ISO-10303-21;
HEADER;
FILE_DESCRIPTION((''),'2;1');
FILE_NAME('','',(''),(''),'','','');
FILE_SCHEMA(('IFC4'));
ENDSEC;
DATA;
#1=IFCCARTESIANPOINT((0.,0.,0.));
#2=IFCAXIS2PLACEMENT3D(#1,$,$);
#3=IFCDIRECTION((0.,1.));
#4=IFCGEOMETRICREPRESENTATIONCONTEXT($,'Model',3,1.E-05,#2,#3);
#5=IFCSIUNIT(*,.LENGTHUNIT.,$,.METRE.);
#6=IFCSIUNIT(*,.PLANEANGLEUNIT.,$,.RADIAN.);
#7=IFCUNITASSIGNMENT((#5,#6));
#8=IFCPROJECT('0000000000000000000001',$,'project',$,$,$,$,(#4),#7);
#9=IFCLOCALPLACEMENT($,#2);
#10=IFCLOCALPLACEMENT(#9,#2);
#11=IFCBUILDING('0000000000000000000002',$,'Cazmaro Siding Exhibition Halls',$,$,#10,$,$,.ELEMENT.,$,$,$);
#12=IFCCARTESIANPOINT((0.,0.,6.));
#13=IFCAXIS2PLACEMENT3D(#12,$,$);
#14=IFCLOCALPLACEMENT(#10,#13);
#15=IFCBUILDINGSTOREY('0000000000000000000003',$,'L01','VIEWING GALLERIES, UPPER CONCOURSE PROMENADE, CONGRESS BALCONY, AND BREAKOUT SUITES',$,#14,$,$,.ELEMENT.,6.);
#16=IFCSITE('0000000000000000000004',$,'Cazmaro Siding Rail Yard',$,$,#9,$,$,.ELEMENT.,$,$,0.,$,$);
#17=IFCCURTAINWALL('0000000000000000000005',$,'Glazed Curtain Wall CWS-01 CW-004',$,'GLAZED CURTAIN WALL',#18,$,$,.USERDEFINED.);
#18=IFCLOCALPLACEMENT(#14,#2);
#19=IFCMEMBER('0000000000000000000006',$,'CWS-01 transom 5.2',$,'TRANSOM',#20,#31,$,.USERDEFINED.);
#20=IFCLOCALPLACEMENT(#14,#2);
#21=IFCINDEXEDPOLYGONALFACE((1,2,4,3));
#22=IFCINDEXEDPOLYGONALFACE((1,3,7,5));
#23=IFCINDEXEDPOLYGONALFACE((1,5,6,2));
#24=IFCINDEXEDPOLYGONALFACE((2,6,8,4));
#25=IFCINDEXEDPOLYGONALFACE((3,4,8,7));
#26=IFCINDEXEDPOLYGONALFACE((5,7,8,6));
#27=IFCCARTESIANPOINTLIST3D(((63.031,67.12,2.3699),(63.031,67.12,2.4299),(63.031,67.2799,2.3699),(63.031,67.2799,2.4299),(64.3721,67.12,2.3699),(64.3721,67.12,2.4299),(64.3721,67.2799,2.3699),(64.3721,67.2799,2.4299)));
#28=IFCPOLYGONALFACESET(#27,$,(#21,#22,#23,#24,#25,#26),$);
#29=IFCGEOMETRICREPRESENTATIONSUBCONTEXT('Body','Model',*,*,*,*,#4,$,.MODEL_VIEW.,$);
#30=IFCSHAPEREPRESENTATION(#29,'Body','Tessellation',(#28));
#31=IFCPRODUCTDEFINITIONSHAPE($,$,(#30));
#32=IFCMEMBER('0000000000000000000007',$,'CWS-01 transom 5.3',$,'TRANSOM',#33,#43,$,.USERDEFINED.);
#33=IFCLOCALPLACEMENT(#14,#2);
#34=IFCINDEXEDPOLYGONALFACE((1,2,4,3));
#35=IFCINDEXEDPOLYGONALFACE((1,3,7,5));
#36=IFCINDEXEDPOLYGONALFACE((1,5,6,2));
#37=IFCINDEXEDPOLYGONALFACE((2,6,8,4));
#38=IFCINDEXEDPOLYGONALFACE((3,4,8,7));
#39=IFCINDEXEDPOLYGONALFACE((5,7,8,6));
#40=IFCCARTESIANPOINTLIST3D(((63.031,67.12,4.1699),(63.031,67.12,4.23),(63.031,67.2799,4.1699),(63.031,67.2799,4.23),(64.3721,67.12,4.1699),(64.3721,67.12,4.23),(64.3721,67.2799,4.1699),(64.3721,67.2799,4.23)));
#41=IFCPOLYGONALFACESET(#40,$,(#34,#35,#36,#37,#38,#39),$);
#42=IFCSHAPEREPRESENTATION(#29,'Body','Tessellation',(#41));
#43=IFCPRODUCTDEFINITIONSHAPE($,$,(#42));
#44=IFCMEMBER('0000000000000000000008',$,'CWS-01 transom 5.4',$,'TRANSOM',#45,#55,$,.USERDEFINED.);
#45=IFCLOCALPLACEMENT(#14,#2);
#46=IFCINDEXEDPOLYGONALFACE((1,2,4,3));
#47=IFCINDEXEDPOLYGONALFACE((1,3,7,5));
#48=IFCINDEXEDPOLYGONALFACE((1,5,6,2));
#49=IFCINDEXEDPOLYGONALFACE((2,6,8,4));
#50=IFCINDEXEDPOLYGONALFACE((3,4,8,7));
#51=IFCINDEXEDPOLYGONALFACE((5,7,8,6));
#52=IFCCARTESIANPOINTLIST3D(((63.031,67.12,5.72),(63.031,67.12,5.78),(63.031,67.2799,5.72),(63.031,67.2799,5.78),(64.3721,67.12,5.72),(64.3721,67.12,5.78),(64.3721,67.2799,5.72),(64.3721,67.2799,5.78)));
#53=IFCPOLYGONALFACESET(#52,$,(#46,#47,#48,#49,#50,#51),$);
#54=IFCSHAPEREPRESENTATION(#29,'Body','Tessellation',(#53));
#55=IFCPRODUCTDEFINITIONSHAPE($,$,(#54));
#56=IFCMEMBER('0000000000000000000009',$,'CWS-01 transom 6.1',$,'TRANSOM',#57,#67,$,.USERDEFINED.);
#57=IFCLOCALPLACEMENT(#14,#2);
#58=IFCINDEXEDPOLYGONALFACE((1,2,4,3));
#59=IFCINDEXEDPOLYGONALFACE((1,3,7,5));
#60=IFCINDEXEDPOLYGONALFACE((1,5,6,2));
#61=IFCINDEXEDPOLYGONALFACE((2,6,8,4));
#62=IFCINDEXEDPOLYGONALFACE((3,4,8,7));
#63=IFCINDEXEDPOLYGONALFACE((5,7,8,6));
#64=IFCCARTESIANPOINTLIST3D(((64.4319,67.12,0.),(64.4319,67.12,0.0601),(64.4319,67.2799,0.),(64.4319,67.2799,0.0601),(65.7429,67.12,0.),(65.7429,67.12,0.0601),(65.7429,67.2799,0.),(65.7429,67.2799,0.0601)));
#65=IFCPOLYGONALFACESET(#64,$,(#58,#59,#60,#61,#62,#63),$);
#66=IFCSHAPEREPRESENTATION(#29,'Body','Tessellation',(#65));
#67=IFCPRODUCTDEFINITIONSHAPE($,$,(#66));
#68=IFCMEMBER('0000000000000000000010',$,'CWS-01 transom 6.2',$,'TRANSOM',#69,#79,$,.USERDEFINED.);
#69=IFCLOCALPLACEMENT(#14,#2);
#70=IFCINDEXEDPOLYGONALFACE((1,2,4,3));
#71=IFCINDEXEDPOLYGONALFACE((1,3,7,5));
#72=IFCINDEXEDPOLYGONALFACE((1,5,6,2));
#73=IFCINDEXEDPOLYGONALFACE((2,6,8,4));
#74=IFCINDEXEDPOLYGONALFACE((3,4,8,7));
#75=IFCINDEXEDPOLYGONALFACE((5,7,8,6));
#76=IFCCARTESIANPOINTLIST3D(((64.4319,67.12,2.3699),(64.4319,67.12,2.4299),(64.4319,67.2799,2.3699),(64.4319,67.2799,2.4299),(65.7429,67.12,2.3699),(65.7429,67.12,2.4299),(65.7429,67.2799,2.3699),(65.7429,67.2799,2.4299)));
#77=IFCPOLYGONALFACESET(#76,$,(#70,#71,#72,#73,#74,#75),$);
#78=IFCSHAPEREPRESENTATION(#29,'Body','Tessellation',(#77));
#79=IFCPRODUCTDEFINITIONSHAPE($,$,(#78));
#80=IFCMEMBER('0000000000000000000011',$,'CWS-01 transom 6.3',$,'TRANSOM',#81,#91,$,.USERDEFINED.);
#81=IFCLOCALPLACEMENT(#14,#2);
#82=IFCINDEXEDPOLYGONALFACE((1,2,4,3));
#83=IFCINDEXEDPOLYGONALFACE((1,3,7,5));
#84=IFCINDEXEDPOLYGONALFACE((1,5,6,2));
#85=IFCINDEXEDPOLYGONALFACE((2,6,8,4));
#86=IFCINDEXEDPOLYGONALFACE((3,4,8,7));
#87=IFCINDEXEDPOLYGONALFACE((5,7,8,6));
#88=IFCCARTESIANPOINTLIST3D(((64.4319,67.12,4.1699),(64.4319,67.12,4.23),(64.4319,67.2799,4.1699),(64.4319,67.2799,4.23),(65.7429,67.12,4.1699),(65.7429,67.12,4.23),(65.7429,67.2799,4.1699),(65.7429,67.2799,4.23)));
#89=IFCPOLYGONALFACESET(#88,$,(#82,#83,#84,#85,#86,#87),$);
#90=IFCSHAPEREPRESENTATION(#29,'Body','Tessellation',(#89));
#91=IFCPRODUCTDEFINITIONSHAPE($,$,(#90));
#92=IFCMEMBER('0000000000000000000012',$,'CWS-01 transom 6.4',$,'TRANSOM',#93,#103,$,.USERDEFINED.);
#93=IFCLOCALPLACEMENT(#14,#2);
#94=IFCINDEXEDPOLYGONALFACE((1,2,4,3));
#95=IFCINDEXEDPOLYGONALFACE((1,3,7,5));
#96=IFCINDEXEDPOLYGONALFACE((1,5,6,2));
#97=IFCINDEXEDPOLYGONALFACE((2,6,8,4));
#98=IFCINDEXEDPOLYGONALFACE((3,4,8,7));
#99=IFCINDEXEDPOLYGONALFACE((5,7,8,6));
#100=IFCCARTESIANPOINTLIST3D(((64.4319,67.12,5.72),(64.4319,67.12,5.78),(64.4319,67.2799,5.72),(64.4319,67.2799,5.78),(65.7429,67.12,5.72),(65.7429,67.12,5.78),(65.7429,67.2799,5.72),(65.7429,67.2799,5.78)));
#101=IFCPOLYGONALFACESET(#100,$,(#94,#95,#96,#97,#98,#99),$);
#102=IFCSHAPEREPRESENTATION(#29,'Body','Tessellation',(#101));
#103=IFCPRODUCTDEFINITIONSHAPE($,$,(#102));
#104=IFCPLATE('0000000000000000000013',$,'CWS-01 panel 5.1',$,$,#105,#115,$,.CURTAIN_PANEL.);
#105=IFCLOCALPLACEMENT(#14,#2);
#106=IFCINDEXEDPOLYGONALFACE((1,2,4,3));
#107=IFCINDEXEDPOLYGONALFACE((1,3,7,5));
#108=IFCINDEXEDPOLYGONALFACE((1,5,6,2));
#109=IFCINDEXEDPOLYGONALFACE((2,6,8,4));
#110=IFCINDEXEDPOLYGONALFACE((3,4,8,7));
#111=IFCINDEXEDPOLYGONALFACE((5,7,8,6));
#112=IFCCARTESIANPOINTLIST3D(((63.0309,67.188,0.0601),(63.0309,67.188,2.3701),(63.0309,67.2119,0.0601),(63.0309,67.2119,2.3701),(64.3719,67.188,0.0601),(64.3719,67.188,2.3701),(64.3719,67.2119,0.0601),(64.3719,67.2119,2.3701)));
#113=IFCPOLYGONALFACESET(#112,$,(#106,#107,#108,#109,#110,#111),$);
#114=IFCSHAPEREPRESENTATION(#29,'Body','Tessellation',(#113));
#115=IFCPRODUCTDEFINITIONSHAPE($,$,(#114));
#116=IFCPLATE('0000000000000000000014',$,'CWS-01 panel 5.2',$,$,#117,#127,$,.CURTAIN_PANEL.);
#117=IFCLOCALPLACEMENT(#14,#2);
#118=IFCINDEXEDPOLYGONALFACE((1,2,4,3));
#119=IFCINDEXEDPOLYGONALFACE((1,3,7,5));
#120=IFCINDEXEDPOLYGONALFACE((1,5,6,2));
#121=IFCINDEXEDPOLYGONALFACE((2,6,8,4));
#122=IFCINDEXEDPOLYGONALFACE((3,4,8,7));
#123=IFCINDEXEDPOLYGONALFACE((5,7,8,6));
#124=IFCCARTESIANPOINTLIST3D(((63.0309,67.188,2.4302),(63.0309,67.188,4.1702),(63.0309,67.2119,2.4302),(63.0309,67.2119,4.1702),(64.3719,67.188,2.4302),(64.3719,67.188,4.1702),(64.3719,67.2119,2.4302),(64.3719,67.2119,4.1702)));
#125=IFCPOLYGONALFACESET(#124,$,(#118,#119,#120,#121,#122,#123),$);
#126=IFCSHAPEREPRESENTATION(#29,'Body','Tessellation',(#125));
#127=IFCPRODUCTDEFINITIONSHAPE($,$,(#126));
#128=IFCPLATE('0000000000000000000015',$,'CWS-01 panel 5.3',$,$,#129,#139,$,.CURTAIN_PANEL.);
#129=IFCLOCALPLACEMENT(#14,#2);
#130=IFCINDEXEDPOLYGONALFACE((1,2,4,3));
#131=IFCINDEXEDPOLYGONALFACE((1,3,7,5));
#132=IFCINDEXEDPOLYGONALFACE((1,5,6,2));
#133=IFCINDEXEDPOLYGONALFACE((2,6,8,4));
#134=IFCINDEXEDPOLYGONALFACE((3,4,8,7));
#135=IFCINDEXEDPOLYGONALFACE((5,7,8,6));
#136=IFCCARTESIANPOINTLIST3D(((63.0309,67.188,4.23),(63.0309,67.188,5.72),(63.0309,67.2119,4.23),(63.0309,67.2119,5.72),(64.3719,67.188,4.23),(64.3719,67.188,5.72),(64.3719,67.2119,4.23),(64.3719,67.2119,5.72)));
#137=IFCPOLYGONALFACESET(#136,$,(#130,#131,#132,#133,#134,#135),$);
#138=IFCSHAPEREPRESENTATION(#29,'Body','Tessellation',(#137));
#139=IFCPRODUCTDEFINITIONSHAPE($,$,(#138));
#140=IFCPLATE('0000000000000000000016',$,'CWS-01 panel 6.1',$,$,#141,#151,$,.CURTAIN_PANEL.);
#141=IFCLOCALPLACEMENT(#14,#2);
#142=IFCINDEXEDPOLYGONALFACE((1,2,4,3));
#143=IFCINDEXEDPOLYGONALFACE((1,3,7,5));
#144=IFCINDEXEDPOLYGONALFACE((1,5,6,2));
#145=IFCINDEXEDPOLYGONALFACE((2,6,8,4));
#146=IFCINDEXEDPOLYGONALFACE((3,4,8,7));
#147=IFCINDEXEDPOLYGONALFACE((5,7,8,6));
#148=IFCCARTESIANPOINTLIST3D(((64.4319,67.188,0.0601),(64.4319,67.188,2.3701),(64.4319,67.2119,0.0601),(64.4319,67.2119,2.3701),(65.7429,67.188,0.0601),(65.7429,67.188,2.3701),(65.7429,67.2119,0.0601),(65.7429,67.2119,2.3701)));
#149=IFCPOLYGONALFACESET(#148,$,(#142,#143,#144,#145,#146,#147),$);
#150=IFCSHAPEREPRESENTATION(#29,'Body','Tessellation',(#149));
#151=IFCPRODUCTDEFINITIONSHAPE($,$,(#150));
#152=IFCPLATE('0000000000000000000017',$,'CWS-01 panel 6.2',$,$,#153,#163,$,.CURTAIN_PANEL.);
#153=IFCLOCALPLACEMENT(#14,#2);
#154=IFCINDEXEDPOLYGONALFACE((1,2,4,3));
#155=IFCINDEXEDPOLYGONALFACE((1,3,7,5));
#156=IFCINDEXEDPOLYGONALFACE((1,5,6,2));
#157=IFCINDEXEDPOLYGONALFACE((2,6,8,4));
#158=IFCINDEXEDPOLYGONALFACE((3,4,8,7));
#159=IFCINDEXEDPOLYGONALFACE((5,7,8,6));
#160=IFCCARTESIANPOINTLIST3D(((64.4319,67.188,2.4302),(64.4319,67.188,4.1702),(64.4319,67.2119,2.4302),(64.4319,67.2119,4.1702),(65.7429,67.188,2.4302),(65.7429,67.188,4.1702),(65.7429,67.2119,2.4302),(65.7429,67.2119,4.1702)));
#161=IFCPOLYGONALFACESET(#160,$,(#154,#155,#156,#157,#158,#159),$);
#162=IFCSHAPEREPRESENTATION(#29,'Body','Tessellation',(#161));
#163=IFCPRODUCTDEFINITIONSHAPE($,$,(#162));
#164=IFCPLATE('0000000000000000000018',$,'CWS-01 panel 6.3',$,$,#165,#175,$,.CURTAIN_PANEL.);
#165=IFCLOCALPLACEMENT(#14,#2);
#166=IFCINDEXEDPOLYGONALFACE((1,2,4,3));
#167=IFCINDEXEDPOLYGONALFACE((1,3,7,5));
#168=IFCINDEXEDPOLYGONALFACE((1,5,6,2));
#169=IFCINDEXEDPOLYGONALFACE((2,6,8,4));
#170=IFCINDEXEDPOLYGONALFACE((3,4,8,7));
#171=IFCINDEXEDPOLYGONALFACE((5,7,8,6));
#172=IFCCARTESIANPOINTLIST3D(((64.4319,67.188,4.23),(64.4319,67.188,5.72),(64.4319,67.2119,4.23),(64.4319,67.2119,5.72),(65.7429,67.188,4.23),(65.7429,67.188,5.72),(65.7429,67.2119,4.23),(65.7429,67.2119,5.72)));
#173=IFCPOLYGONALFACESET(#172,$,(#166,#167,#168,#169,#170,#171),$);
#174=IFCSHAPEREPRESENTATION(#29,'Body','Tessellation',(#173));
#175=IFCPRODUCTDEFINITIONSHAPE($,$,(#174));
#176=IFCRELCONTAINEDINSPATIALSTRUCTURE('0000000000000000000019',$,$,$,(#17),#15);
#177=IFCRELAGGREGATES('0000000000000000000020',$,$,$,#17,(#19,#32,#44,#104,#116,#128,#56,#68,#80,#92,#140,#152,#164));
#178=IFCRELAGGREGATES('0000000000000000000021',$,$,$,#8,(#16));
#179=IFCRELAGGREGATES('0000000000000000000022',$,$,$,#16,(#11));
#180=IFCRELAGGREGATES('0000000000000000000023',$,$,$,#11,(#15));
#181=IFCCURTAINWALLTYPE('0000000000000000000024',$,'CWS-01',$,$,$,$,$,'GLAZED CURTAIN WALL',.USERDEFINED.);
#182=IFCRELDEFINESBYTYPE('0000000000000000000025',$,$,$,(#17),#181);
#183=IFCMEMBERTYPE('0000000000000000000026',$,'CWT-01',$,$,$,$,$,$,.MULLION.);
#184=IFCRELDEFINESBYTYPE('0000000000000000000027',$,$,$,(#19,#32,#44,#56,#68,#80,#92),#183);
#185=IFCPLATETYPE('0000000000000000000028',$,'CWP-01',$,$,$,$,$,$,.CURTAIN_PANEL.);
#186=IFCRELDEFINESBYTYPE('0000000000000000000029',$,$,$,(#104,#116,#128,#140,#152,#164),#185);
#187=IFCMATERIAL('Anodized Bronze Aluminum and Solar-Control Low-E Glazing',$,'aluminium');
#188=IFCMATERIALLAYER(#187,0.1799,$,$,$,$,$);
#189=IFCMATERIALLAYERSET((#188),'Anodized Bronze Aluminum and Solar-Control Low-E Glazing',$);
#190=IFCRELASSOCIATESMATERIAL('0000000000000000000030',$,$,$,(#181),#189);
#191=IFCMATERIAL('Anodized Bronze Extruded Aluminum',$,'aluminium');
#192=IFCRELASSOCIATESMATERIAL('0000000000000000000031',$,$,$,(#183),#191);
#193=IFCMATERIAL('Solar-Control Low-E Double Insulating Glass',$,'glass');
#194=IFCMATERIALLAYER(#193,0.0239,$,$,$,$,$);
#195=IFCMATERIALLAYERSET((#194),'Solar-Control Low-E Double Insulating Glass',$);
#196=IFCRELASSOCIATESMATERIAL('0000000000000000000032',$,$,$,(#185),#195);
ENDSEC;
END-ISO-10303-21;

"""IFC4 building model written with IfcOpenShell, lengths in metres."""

from ifc_helpers import new_model, si_unit, direction, frame, origin, origin_2d, place, context, subcontext, project, spatial, rectangle, extrude, material, layer, layer_set, material_profile, profile_set, type_object, element, aggregate, save


model = new_model("IFC4")

# Units and contexts
model_context = context("Model", 3, precision=1e-05, world=origin(), true_north=direction((0.0, 1.0)))
body_context = subcontext(model_context, "Body", "Model", "MODEL_VIEW")
ifc_project = project(units=[si_unit("LENGTHUNIT", "METRE"), si_unit("PLANEANGLEUNIT", "RADIAN")], contexts=[model_context])

# Site, building, storey
site_placement = place(None, origin())
site = spatial("IfcSite", under=ifc_project, at=site_placement, Name="Cazmaro Siding Rail Yard", CompositionType="ELEMENT", RefElevation=0.0)
building_placement = place(site_placement, origin())
building = spatial("IfcBuilding", under=site, at=building_placement, Name="Cazmaro Siding Exhibition Halls", CompositionType="ELEMENT")
storey_placement = place(building_placement, frame((0.0, 0.0, 6.0)))
storey = spatial("IfcBuildingStorey", under=building, at=storey_placement, Name="L01", Description="VIEWING GALLERIES, UPPER CONCOURSE PROMENADE, CONGRESS BALCONY, AND BREAKOUT SUITES", CompositionType="ELEMENT", Elevation=6.0)

# Curtain wall, members, plates
ifc_material_1 = material(Name="Anodized Bronze Aluminum and Solar-Control Low-E Glazing", Category="aluminium")
ifc_layer_1 = layer(ifc_material_1, 0.1799)
ifc_layer_set_1 = layer_set([ifc_layer_1], Name="Anodized Bronze Aluminum and Solar-Control Low-E Glazing")
curtain_wall_type = type_object("IfcCurtainWallType", Name="CWS-01", ElementType="GLAZED CURTAIN WALL", PredefinedType="USERDEFINED", material=ifc_layer_set_1)
curtain_wall_placement = place(storey_placement, origin())
curtain_wall = element("IfcCurtainWall", 1, at=curtain_wall_placement, inside=storey, type_object=curtain_wall_type, Name="Glazed Curtain Wall CWS-01 CW-004", ObjectType="GLAZED CURTAIN WALL", PredefinedType="USERDEFINED")
ifc_material_2 = material(Name="Anodized Bronze Extruded Aluminum", Category="aluminium")
ifc_material_profile_1 = material_profile(ifc_material_2, rectangle(XDim=0.1599, YDim=0.0601, at=origin_2d()), Name="CWT-01")
ifc_profile_set_1 = profile_set([ifc_material_profile_1], Name="Anodized Bronze Extruded Aluminum")
member_type_1 = type_object("IfcMemberType", Name="CWT-01", PredefinedType="MULLION", material=ifc_profile_set_1)
member_1_placement = place(storey_placement, frame((63.031, 67.2, 2.3999), z_axis=(1.0, 0.0, 0.0), x_axis=(0.0, 1.0, 0.0)))
member_1 = element("IfcMember", 2, at=member_1_placement, type_object=member_type_1, Name="CWS-01 transom 5.2", ObjectType="TRANSOM", PredefinedType="USERDEFINED", context=body_context, shape_type="SweptSolid", body=[
    extrude(rectangle(XDim=0.1599, YDim=0.0601, at=origin_2d()), origin(), (0.0, 0.0, 1.0), 1.3411),
])
member_2_placement = place(storey_placement, frame((63.031, 67.2, 4.2), z_axis=(1.0, 0.0, 0.0), x_axis=(0.0, 1.0, 0.0)))
member_2 = element("IfcMember", 3, at=member_2_placement, type_object=member_type_1, Name="CWS-01 transom 5.3", ObjectType="TRANSOM", PredefinedType="USERDEFINED", context=body_context, shape_type="SweptSolid", body=[
    extrude(rectangle(XDim=0.1599, YDim=0.0601, at=origin_2d()), origin(), (0.0, 0.0, 1.0), 1.3411),
])
member_3_placement = place(storey_placement, frame((63.031, 67.2, 5.75), z_axis=(1.0, 0.0, 0.0), x_axis=(0.0, 1.0, 0.0)))
member_3 = element("IfcMember", 4, at=member_3_placement, type_object=member_type_1, Name="CWS-01 transom 5.4", ObjectType="TRANSOM", PredefinedType="USERDEFINED", context=body_context, shape_type="SweptSolid", body=[
    extrude(rectangle(XDim=0.1599, YDim=0.0601, at=origin_2d()), origin(), (0.0, 0.0, 1.0), 1.3411),
])
member_4_placement = place(storey_placement, frame((64.4319, 67.2, 0.03), z_axis=(1.0, 0.0, 0.0), x_axis=(0.0, 1.0, 0.0)))
member_4 = element("IfcMember", 5, at=member_4_placement, type_object=member_type_1, Name="CWS-01 transom 6.1", ObjectType="TRANSOM", PredefinedType="USERDEFINED", context=body_context, shape_type="SweptSolid", body=[
    extrude(rectangle(XDim=0.1599, YDim=0.0601, at=origin_2d()), origin(), (0.0, 0.0, 1.0), 1.311),
])
member_5_placement = place(storey_placement, frame((64.4319, 67.2, 2.3999), z_axis=(1.0, 0.0, 0.0), x_axis=(0.0, 1.0, 0.0)))
member_5 = element("IfcMember", 6, at=member_5_placement, type_object=member_type_1, Name="CWS-01 transom 6.2", ObjectType="TRANSOM", PredefinedType="USERDEFINED", context=body_context, shape_type="SweptSolid", body=[
    extrude(rectangle(XDim=0.1599, YDim=0.0601, at=origin_2d()), origin(), (0.0, 0.0, 1.0), 1.311),
])
member_6_placement = place(storey_placement, frame((64.4319, 67.2, 4.2), z_axis=(1.0, 0.0, 0.0), x_axis=(0.0, 1.0, 0.0)))
member_6 = element("IfcMember", 7, at=member_6_placement, type_object=member_type_1, Name="CWS-01 transom 6.3", ObjectType="TRANSOM", PredefinedType="USERDEFINED", context=body_context, shape_type="SweptSolid", body=[
    extrude(rectangle(XDim=0.1599, YDim=0.0601, at=origin_2d()), origin(), (0.0, 0.0, 1.0), 1.311),
])
member_7_placement = place(storey_placement, frame((64.4319, 67.2, 5.75), z_axis=(1.0, 0.0, 0.0), x_axis=(0.0, 1.0, 0.0)))
member_7 = element("IfcMember", 8, at=member_7_placement, type_object=member_type_1, Name="CWS-01 transom 6.4", ObjectType="TRANSOM", PredefinedType="USERDEFINED", context=body_context, shape_type="SweptSolid", body=[
    extrude(rectangle(XDim=0.1599, YDim=0.0601, at=origin_2d()), origin(), (0.0, 0.0, 1.0), 1.311),
])
ifc_material_3 = material(Name="Solar-Control Low-E Double Insulating Glass", Category="glass")
ifc_layer_2 = layer(ifc_material_3, 0.0239)
ifc_layer_set_2 = layer_set([ifc_layer_2], Name="Solar-Control Low-E Double Insulating Glass")
plate_type = type_object("IfcPlateType", Name="CWP-01", PredefinedType="CURTAIN_PANEL", material=ifc_layer_set_2)
plate_1_placement = place(storey_placement, frame((63.7014, 67.2, 0.0601), z_axis=(0.0, 0.0, 1.0), x_axis=(1.0, 0.0, 0.0)))
plate_1 = element("IfcPlate", 9, at=plate_1_placement, type_object=plate_type, Name="CWS-01 panel 5.1", PredefinedType="CURTAIN_PANEL", context=body_context, shape_type="SweptSolid", body=[
    extrude(rectangle(XDim=1.3411, YDim=0.0239, at=origin_2d()), origin(), (0.0, 0.0, 1.0), 2.3101),
])
plate_2_placement = place(storey_placement, frame((63.7014, 67.2, 2.4302), z_axis=(0.0, 0.0, 1.0), x_axis=(1.0, 0.0, 0.0)))
plate_2 = element("IfcPlate", 10, at=plate_2_placement, type_object=plate_type, Name="CWS-01 panel 5.2", PredefinedType="CURTAIN_PANEL", context=body_context, shape_type="SweptSolid", body=[
    extrude(rectangle(XDim=1.3411, YDim=0.0239, at=origin_2d()), origin(), (0.0, 0.0, 1.0), 1.74),
])
plate_3_placement = place(storey_placement, frame((63.7014, 67.2, 4.23), z_axis=(0.0, 0.0, 1.0), x_axis=(1.0, 0.0, 0.0)))
plate_3 = element("IfcPlate", 11, at=plate_3_placement, type_object=plate_type, Name="CWS-01 panel 5.3", PredefinedType="CURTAIN_PANEL", context=body_context, shape_type="SweptSolid", body=[
    extrude(rectangle(XDim=1.3411, YDim=0.0239, at=origin_2d()), origin(), (0.0, 0.0, 1.0), 1.49),
])
plate_4_placement = place(storey_placement, frame((65.0874, 67.2, 0.0601), z_axis=(0.0, 0.0, 1.0), x_axis=(1.0, 0.0, 0.0)))
plate_4 = element("IfcPlate", 12, at=plate_4_placement, type_object=plate_type, Name="CWS-01 panel 6.1", PredefinedType="CURTAIN_PANEL", context=body_context, shape_type="SweptSolid", body=[
    extrude(rectangle(XDim=1.311, YDim=0.0239, at=origin_2d()), origin(), (0.0, 0.0, 1.0), 2.3101),
])
plate_5_placement = place(storey_placement, frame((65.0874, 67.2, 2.4302), z_axis=(0.0, 0.0, 1.0), x_axis=(1.0, 0.0, 0.0)))
plate_5 = element("IfcPlate", 13, at=plate_5_placement, type_object=plate_type, Name="CWS-01 panel 6.2", PredefinedType="CURTAIN_PANEL", context=body_context, shape_type="SweptSolid", body=[
    extrude(rectangle(XDim=1.311, YDim=0.0239, at=origin_2d()), origin(), (0.0, 0.0, 1.0), 1.74),
])
plate_6_placement = place(storey_placement, frame((65.0874, 67.2, 4.23), z_axis=(0.0, 0.0, 1.0), x_axis=(1.0, 0.0, 0.0)))
plate_6 = element("IfcPlate", 14, at=plate_6_placement, type_object=plate_type, Name="CWS-01 panel 6.3", PredefinedType="CURTAIN_PANEL", context=body_context, shape_type="SweptSolid", body=[
    extrude(rectangle(XDim=1.311, YDim=0.0239, at=origin_2d()), origin(), (0.0, 0.0, 1.0), 1.49),
])
aggregate(curtain_wall, [member_1, member_2, member_3, plate_1, plate_2, plate_3, member_4, member_5, member_6, member_7, plate_4, plate_5, plate_6])

save(model, "model.ifc")
